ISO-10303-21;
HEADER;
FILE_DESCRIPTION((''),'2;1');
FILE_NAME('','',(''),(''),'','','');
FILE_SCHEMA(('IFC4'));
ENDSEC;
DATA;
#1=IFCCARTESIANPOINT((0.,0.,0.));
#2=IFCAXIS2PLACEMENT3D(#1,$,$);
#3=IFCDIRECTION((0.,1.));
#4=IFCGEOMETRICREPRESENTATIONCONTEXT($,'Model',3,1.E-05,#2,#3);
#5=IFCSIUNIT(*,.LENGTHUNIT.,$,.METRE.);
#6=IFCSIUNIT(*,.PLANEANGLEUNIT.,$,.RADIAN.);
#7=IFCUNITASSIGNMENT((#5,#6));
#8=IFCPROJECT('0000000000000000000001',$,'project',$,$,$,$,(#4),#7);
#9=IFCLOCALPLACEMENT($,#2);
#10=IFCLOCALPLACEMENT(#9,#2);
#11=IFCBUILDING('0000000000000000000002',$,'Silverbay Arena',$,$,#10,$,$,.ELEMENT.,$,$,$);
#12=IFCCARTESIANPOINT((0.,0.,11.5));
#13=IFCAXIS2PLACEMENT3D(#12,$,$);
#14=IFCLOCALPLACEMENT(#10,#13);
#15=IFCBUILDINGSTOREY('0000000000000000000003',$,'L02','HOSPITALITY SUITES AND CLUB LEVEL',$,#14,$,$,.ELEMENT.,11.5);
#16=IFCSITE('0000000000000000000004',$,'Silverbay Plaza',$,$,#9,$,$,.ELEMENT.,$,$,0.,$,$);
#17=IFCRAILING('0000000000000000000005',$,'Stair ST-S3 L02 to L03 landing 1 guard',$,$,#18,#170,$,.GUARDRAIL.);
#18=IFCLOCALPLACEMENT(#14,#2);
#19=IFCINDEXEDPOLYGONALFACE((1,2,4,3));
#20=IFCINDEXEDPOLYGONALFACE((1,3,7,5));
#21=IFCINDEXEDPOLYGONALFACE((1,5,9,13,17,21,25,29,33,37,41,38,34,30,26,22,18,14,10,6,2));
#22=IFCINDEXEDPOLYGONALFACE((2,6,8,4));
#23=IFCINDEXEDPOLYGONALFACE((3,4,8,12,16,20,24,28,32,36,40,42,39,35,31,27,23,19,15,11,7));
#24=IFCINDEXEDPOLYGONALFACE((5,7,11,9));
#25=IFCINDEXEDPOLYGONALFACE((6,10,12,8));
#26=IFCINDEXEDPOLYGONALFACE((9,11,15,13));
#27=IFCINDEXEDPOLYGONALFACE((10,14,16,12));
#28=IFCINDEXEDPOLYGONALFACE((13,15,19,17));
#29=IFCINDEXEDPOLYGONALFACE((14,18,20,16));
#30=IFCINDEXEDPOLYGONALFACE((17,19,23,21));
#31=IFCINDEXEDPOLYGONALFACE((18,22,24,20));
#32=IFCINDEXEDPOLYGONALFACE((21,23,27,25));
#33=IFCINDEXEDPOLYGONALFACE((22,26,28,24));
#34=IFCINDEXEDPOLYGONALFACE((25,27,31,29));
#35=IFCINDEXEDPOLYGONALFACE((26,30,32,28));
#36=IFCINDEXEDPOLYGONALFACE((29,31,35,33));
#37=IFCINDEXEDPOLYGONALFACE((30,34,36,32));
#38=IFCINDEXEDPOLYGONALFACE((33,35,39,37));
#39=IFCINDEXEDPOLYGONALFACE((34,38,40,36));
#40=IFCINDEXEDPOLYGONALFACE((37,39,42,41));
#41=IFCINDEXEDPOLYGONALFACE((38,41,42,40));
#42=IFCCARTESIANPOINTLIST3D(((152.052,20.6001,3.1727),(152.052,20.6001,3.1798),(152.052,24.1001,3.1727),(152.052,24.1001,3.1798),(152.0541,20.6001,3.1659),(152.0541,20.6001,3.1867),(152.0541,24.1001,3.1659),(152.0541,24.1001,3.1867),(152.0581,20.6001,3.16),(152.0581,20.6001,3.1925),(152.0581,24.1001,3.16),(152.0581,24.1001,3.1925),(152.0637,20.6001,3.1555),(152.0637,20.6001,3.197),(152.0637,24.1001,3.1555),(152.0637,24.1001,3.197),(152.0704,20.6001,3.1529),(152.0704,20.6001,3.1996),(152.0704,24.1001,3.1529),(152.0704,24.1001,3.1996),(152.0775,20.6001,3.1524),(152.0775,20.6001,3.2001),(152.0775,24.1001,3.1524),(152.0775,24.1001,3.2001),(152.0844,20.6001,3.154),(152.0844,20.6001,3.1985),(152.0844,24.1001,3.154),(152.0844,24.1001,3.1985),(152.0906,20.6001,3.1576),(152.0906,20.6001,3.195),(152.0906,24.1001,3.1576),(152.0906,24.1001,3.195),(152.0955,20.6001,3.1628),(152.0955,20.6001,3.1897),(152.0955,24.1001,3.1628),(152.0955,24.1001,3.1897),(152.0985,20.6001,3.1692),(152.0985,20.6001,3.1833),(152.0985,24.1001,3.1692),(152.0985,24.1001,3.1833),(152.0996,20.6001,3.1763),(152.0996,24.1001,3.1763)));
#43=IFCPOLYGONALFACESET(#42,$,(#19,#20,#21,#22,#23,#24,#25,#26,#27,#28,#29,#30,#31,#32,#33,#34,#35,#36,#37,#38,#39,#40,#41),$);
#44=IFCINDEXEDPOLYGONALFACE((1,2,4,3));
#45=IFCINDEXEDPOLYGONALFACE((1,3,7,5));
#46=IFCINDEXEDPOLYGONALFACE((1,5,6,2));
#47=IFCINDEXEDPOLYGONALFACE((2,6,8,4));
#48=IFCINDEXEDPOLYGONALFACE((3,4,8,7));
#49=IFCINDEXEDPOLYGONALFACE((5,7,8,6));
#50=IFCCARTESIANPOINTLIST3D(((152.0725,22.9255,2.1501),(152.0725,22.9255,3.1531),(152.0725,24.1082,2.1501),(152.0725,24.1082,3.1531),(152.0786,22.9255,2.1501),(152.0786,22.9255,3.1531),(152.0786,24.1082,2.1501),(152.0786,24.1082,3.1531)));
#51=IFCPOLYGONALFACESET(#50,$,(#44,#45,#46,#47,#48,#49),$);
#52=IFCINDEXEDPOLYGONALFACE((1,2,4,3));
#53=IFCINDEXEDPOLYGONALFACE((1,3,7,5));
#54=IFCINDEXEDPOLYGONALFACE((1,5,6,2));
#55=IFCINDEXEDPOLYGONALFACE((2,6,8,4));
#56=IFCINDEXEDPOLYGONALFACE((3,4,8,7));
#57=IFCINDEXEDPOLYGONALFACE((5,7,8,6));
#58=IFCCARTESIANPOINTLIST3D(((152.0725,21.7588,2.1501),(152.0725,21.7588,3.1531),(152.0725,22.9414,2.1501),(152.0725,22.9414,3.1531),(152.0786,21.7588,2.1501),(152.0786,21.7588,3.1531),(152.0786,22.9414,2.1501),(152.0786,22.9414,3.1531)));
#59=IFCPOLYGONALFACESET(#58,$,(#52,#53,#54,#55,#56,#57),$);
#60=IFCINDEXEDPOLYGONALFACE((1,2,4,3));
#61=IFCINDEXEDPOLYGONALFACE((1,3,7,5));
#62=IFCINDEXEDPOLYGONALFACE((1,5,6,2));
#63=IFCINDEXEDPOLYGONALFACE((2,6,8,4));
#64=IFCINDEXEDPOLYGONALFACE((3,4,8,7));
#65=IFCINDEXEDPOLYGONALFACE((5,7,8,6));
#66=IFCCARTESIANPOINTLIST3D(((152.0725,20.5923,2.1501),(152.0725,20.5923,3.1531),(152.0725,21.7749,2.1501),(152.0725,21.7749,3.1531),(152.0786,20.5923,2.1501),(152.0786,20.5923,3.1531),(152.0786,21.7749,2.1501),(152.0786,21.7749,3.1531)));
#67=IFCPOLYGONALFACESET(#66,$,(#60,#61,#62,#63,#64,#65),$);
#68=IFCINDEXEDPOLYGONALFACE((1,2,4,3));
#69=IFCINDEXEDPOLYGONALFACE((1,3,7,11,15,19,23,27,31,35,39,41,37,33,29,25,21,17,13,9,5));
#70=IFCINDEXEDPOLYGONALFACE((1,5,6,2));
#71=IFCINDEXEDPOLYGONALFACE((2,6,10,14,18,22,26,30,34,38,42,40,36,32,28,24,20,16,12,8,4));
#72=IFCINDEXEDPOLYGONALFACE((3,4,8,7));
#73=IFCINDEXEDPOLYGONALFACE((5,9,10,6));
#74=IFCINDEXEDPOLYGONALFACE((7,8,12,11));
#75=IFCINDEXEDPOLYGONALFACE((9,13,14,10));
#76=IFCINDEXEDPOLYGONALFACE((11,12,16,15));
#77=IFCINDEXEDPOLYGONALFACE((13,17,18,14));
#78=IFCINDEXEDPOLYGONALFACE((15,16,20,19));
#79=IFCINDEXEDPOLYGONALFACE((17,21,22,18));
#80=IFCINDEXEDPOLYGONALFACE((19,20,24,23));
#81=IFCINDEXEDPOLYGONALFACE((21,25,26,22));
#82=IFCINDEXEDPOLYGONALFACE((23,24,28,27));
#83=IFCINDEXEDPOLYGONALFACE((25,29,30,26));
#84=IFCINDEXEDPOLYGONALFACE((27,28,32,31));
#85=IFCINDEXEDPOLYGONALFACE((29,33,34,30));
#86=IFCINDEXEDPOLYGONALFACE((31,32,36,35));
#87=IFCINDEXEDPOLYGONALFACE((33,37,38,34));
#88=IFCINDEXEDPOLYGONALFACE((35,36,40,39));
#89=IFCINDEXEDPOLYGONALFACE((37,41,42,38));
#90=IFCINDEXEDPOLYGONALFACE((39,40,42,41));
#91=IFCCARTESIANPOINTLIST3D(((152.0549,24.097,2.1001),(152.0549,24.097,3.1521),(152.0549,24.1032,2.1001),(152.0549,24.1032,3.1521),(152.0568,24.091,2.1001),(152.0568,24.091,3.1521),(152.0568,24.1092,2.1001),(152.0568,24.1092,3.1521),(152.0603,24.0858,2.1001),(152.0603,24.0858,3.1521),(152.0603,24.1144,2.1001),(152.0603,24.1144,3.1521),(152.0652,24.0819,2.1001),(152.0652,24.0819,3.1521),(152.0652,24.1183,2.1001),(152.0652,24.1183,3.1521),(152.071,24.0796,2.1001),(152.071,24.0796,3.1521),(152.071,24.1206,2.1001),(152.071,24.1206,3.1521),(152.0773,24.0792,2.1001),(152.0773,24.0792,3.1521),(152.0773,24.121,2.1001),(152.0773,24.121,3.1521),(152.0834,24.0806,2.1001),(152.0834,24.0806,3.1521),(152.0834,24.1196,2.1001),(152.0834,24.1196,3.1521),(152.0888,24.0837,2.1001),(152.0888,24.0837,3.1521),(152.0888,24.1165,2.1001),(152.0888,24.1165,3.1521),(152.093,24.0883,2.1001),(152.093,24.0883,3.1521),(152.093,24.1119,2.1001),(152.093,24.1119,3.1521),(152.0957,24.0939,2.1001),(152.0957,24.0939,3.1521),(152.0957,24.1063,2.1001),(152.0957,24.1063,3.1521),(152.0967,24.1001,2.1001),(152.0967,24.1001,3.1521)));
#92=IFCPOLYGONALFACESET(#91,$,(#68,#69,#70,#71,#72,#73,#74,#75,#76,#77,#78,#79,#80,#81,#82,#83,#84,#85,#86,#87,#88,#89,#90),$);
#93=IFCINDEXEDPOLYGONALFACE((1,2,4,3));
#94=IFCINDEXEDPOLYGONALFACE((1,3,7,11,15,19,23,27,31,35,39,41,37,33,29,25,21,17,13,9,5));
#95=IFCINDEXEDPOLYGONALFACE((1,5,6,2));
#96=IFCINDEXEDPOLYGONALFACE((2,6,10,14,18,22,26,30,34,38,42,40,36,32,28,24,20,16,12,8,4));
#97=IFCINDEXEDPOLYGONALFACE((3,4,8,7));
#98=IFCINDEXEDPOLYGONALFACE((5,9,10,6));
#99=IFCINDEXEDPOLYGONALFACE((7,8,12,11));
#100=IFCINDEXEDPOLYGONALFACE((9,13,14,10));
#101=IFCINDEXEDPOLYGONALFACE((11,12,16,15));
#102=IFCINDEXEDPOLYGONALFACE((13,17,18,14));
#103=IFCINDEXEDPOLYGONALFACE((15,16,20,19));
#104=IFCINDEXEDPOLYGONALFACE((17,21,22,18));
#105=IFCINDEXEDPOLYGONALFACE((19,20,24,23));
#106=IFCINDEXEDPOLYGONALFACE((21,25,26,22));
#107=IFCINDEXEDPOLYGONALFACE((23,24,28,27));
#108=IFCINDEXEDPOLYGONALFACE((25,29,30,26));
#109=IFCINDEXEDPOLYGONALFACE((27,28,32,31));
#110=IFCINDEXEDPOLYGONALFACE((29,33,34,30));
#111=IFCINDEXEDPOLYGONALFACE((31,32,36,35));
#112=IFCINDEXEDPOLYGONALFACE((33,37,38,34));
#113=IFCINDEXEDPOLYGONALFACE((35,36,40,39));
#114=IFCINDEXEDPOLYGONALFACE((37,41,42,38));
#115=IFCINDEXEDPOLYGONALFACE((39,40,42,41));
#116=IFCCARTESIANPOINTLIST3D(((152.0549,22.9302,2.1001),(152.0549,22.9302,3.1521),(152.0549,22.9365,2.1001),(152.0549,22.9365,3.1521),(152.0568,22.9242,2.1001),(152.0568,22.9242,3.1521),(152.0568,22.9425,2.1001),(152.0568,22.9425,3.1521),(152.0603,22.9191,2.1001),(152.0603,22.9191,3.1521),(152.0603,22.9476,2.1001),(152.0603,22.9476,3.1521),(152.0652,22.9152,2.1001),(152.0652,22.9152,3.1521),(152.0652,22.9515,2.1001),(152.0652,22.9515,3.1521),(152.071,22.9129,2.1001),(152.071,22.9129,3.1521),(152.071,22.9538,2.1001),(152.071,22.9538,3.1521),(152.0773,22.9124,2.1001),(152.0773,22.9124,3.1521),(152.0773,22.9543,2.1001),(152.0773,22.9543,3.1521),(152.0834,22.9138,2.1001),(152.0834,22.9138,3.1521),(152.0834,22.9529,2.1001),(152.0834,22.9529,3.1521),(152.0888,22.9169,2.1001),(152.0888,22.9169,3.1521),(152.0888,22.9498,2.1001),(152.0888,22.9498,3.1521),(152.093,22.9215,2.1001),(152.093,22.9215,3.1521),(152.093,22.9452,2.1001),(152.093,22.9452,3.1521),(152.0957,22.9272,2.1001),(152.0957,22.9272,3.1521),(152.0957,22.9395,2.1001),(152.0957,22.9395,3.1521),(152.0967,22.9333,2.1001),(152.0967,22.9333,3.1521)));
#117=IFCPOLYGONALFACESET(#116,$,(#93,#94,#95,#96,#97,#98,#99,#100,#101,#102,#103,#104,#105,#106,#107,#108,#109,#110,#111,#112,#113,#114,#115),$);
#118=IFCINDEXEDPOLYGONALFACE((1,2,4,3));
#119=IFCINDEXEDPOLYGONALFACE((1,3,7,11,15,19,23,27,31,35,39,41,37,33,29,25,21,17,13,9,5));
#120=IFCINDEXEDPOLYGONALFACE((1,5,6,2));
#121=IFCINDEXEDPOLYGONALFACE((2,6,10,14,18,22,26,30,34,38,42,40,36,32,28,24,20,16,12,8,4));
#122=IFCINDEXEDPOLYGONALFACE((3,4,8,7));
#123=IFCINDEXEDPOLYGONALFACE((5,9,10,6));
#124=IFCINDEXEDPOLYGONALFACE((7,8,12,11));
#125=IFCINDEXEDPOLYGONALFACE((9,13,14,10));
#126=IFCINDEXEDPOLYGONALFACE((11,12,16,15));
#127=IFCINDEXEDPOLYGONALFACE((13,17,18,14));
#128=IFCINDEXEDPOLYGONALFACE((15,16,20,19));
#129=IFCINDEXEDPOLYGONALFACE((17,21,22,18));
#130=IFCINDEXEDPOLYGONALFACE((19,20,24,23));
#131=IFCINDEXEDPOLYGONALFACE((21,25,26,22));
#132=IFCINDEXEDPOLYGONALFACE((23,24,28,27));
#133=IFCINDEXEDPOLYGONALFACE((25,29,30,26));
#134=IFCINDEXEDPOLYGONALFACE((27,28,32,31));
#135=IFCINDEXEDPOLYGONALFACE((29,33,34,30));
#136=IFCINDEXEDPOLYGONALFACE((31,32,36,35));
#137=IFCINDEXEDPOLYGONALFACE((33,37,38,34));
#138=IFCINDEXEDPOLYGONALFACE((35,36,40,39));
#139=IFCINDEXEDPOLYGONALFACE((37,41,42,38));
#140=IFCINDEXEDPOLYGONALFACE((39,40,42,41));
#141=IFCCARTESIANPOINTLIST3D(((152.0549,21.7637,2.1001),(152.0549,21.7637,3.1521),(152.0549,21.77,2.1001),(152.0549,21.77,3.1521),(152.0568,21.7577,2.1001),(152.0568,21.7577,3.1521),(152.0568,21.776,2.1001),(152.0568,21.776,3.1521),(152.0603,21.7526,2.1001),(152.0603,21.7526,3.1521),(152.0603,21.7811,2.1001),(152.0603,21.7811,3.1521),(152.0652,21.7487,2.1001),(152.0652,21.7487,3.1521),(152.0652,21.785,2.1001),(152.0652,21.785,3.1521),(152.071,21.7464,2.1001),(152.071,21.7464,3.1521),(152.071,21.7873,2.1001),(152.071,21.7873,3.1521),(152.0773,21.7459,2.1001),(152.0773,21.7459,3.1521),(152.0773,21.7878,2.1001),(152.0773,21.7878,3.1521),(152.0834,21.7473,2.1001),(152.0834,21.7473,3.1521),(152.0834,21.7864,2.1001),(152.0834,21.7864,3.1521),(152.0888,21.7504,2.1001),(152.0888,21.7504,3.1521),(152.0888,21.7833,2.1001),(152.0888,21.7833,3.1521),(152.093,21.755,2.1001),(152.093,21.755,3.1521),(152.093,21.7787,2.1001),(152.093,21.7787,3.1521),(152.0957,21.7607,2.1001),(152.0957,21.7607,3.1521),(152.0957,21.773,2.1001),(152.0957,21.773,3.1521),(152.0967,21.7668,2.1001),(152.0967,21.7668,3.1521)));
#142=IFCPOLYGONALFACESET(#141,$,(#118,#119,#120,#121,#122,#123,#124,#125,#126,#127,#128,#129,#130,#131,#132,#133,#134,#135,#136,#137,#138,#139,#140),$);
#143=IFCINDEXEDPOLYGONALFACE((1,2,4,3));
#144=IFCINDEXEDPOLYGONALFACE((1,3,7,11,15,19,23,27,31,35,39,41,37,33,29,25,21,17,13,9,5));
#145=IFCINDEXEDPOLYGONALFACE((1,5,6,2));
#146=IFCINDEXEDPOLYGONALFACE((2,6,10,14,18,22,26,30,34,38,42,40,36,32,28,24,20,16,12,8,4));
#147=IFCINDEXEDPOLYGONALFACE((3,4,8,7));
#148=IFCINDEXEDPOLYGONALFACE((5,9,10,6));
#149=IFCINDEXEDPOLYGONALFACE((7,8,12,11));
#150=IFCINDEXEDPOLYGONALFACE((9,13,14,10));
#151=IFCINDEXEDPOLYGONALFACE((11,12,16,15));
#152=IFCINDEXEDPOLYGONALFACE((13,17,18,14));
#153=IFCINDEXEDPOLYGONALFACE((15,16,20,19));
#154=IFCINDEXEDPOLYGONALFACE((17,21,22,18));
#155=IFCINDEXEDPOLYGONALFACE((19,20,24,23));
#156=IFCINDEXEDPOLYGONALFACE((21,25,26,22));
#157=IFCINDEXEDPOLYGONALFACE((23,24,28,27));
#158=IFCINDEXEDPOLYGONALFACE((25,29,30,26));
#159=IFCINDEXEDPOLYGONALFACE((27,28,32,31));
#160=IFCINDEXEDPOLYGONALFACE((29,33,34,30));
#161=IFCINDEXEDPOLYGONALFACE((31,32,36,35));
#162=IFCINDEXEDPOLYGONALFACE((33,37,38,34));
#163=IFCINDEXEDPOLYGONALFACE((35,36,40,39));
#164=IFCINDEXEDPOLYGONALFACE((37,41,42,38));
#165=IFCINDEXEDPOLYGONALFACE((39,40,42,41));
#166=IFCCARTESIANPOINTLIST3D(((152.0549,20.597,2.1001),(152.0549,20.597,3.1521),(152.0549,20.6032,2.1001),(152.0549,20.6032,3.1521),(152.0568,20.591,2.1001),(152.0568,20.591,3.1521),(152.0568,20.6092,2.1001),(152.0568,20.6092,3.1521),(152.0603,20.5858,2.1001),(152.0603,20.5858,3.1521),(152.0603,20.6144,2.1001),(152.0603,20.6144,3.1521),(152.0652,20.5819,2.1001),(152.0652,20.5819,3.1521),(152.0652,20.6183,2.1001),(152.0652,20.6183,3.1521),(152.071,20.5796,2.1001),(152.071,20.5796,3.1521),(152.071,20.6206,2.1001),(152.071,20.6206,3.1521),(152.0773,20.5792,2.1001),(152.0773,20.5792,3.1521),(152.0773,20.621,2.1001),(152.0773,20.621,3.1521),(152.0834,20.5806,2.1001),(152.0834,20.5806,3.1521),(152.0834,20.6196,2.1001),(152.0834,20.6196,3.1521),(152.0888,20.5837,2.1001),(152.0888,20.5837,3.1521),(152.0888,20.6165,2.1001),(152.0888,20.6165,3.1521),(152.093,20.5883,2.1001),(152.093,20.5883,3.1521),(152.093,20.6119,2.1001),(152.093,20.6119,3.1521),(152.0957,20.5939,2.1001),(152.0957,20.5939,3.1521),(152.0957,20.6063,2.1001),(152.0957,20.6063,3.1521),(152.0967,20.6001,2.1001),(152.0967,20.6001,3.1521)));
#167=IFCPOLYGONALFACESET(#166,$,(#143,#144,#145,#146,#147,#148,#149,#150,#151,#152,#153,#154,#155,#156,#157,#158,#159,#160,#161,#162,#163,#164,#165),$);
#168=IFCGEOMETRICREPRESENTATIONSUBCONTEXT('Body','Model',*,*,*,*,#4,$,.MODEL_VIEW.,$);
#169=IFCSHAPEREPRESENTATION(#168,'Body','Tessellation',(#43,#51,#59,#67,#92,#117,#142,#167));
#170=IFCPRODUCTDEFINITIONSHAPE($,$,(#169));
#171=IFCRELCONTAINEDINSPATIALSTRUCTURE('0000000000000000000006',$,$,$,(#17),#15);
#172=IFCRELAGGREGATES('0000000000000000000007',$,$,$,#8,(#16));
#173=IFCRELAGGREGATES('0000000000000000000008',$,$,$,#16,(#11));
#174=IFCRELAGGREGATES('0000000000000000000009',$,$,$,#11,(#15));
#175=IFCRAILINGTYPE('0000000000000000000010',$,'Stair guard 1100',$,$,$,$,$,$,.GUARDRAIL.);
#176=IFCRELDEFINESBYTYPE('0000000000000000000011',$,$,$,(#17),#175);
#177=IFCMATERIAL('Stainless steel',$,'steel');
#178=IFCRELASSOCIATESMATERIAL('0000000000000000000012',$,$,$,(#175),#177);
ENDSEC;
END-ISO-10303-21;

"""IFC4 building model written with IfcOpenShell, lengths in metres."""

from ifc_helpers import new_model, si_unit, direction, frame, origin, origin_2d, place, context, subcontext, project, spatial, polyline, circle, outline, extrude, material, type_object, element, save


model = new_model("IFC4")

# Units and contexts
model_context = context("Model", 3, precision=1e-05, world=origin(), true_north=direction((0.0, 1.0)))
body_context = subcontext(model_context, "Body", "Model", "MODEL_VIEW")
ifc_project = project(units=[si_unit("LENGTHUNIT", "METRE"), si_unit("PLANEANGLEUNIT", "RADIAN")], contexts=[model_context])

# Site, building, storey
site_placement = place(None, origin())
site = spatial("IfcSite", under=ifc_project, at=site_placement, Name="Silverbay Plaza", CompositionType="ELEMENT", RefElevation=0.0)
building_placement = place(site_placement, origin())
building = spatial("IfcBuilding", under=site, at=building_placement, Name="Silverbay Arena", CompositionType="ELEMENT")
storey_placement = place(building_placement, frame((0.0, 0.0, 11.5)))
storey = spatial("IfcBuildingStorey", under=building, at=storey_placement, Name="L02", Description="HOSPITALITY SUITES AND CLUB LEVEL", CompositionType="ELEMENT", Elevation=11.5)

# Railing
ifc_material_1 = material(Name="Stainless steel", Category="steel")
railing_type_1 = type_object("IfcRailingType", Name="Stair guard 1100", PredefinedType="GUARDRAIL", material=ifc_material_1)
for number, where, name in (
    (1, (152.0757, 24.1001, 2.1001), "Stair ST-S3 L02 to L03 landing 1 guard"),
):
    element("IfcRailing", number, at=place(storey_placement, frame(where)), inside=storey, type_object=railing_type_1, Name=name, PredefinedType="GUARDRAIL", context=body_context, shape_type="SweptSolid", body=[
        extrude(circle(Radius=0.0239, at=origin_2d()), frame((0.0, 0.0, 1.0762), z_axis=(0.0, -1.0, 0.0), x_axis=(1.0, 0.0, 0.0)), (0.0, 0.0, 1.0), 3.5),
        extrude(outline(polyline([(-0.0081, 0.05), (1.1746, 0.05), (1.1746, 1.053), (-0.0081, 1.053), (-0.0081, 0.05)])), frame((0.0029, 0.0, 0.0), z_axis=(-1.0, 0.0, 0.0), x_axis=(0.0, -1.0, 0.0)), (0.0, 0.0, 1.0), 0.0061),
        extrude(outline(polyline([(-0.0081, 0.05), (1.1746, 0.05), (1.1746, 1.053), (-0.0081, 1.053), (-0.0081, 0.05)])), frame((0.0029, -1.1667, 0.0), z_axis=(-1.0, 0.0, 0.0), x_axis=(0.0, -1.0, 0.0)), (0.0, 0.0, 1.0), 0.0061),
        extrude(outline(polyline([(-0.0081, 0.05), (1.1746, 0.05), (1.1746, 1.053), (-0.0081, 1.053), (-0.0081, 0.05)])), frame((0.0029, -2.3333, 0.0), z_axis=(-1.0, 0.0, 0.0), x_axis=(0.0, -1.0, 0.0)), (0.0, 0.0, 1.0), 0.0061),
        extrude(circle(Radius=0.021, at=origin_2d()), origin(), (0.0, 0.0, 1.0), 1.052),
        extrude(circle(Radius=0.021, at=origin_2d()), frame((0.0, -1.1667, 0.0)), (0.0, 0.0, 1.0), 1.052),
        extrude(circle(Radius=0.021, at=origin_2d()), frame((0.0, -2.3333, 0.0)), (0.0, 0.0, 1.0), 1.052),
        extrude(circle(Radius=0.021, at=origin_2d()), frame((0.0, -3.5, 0.0)), (0.0, 0.0, 1.0), 1.052),
    ])

save(model, "model.ifc")
